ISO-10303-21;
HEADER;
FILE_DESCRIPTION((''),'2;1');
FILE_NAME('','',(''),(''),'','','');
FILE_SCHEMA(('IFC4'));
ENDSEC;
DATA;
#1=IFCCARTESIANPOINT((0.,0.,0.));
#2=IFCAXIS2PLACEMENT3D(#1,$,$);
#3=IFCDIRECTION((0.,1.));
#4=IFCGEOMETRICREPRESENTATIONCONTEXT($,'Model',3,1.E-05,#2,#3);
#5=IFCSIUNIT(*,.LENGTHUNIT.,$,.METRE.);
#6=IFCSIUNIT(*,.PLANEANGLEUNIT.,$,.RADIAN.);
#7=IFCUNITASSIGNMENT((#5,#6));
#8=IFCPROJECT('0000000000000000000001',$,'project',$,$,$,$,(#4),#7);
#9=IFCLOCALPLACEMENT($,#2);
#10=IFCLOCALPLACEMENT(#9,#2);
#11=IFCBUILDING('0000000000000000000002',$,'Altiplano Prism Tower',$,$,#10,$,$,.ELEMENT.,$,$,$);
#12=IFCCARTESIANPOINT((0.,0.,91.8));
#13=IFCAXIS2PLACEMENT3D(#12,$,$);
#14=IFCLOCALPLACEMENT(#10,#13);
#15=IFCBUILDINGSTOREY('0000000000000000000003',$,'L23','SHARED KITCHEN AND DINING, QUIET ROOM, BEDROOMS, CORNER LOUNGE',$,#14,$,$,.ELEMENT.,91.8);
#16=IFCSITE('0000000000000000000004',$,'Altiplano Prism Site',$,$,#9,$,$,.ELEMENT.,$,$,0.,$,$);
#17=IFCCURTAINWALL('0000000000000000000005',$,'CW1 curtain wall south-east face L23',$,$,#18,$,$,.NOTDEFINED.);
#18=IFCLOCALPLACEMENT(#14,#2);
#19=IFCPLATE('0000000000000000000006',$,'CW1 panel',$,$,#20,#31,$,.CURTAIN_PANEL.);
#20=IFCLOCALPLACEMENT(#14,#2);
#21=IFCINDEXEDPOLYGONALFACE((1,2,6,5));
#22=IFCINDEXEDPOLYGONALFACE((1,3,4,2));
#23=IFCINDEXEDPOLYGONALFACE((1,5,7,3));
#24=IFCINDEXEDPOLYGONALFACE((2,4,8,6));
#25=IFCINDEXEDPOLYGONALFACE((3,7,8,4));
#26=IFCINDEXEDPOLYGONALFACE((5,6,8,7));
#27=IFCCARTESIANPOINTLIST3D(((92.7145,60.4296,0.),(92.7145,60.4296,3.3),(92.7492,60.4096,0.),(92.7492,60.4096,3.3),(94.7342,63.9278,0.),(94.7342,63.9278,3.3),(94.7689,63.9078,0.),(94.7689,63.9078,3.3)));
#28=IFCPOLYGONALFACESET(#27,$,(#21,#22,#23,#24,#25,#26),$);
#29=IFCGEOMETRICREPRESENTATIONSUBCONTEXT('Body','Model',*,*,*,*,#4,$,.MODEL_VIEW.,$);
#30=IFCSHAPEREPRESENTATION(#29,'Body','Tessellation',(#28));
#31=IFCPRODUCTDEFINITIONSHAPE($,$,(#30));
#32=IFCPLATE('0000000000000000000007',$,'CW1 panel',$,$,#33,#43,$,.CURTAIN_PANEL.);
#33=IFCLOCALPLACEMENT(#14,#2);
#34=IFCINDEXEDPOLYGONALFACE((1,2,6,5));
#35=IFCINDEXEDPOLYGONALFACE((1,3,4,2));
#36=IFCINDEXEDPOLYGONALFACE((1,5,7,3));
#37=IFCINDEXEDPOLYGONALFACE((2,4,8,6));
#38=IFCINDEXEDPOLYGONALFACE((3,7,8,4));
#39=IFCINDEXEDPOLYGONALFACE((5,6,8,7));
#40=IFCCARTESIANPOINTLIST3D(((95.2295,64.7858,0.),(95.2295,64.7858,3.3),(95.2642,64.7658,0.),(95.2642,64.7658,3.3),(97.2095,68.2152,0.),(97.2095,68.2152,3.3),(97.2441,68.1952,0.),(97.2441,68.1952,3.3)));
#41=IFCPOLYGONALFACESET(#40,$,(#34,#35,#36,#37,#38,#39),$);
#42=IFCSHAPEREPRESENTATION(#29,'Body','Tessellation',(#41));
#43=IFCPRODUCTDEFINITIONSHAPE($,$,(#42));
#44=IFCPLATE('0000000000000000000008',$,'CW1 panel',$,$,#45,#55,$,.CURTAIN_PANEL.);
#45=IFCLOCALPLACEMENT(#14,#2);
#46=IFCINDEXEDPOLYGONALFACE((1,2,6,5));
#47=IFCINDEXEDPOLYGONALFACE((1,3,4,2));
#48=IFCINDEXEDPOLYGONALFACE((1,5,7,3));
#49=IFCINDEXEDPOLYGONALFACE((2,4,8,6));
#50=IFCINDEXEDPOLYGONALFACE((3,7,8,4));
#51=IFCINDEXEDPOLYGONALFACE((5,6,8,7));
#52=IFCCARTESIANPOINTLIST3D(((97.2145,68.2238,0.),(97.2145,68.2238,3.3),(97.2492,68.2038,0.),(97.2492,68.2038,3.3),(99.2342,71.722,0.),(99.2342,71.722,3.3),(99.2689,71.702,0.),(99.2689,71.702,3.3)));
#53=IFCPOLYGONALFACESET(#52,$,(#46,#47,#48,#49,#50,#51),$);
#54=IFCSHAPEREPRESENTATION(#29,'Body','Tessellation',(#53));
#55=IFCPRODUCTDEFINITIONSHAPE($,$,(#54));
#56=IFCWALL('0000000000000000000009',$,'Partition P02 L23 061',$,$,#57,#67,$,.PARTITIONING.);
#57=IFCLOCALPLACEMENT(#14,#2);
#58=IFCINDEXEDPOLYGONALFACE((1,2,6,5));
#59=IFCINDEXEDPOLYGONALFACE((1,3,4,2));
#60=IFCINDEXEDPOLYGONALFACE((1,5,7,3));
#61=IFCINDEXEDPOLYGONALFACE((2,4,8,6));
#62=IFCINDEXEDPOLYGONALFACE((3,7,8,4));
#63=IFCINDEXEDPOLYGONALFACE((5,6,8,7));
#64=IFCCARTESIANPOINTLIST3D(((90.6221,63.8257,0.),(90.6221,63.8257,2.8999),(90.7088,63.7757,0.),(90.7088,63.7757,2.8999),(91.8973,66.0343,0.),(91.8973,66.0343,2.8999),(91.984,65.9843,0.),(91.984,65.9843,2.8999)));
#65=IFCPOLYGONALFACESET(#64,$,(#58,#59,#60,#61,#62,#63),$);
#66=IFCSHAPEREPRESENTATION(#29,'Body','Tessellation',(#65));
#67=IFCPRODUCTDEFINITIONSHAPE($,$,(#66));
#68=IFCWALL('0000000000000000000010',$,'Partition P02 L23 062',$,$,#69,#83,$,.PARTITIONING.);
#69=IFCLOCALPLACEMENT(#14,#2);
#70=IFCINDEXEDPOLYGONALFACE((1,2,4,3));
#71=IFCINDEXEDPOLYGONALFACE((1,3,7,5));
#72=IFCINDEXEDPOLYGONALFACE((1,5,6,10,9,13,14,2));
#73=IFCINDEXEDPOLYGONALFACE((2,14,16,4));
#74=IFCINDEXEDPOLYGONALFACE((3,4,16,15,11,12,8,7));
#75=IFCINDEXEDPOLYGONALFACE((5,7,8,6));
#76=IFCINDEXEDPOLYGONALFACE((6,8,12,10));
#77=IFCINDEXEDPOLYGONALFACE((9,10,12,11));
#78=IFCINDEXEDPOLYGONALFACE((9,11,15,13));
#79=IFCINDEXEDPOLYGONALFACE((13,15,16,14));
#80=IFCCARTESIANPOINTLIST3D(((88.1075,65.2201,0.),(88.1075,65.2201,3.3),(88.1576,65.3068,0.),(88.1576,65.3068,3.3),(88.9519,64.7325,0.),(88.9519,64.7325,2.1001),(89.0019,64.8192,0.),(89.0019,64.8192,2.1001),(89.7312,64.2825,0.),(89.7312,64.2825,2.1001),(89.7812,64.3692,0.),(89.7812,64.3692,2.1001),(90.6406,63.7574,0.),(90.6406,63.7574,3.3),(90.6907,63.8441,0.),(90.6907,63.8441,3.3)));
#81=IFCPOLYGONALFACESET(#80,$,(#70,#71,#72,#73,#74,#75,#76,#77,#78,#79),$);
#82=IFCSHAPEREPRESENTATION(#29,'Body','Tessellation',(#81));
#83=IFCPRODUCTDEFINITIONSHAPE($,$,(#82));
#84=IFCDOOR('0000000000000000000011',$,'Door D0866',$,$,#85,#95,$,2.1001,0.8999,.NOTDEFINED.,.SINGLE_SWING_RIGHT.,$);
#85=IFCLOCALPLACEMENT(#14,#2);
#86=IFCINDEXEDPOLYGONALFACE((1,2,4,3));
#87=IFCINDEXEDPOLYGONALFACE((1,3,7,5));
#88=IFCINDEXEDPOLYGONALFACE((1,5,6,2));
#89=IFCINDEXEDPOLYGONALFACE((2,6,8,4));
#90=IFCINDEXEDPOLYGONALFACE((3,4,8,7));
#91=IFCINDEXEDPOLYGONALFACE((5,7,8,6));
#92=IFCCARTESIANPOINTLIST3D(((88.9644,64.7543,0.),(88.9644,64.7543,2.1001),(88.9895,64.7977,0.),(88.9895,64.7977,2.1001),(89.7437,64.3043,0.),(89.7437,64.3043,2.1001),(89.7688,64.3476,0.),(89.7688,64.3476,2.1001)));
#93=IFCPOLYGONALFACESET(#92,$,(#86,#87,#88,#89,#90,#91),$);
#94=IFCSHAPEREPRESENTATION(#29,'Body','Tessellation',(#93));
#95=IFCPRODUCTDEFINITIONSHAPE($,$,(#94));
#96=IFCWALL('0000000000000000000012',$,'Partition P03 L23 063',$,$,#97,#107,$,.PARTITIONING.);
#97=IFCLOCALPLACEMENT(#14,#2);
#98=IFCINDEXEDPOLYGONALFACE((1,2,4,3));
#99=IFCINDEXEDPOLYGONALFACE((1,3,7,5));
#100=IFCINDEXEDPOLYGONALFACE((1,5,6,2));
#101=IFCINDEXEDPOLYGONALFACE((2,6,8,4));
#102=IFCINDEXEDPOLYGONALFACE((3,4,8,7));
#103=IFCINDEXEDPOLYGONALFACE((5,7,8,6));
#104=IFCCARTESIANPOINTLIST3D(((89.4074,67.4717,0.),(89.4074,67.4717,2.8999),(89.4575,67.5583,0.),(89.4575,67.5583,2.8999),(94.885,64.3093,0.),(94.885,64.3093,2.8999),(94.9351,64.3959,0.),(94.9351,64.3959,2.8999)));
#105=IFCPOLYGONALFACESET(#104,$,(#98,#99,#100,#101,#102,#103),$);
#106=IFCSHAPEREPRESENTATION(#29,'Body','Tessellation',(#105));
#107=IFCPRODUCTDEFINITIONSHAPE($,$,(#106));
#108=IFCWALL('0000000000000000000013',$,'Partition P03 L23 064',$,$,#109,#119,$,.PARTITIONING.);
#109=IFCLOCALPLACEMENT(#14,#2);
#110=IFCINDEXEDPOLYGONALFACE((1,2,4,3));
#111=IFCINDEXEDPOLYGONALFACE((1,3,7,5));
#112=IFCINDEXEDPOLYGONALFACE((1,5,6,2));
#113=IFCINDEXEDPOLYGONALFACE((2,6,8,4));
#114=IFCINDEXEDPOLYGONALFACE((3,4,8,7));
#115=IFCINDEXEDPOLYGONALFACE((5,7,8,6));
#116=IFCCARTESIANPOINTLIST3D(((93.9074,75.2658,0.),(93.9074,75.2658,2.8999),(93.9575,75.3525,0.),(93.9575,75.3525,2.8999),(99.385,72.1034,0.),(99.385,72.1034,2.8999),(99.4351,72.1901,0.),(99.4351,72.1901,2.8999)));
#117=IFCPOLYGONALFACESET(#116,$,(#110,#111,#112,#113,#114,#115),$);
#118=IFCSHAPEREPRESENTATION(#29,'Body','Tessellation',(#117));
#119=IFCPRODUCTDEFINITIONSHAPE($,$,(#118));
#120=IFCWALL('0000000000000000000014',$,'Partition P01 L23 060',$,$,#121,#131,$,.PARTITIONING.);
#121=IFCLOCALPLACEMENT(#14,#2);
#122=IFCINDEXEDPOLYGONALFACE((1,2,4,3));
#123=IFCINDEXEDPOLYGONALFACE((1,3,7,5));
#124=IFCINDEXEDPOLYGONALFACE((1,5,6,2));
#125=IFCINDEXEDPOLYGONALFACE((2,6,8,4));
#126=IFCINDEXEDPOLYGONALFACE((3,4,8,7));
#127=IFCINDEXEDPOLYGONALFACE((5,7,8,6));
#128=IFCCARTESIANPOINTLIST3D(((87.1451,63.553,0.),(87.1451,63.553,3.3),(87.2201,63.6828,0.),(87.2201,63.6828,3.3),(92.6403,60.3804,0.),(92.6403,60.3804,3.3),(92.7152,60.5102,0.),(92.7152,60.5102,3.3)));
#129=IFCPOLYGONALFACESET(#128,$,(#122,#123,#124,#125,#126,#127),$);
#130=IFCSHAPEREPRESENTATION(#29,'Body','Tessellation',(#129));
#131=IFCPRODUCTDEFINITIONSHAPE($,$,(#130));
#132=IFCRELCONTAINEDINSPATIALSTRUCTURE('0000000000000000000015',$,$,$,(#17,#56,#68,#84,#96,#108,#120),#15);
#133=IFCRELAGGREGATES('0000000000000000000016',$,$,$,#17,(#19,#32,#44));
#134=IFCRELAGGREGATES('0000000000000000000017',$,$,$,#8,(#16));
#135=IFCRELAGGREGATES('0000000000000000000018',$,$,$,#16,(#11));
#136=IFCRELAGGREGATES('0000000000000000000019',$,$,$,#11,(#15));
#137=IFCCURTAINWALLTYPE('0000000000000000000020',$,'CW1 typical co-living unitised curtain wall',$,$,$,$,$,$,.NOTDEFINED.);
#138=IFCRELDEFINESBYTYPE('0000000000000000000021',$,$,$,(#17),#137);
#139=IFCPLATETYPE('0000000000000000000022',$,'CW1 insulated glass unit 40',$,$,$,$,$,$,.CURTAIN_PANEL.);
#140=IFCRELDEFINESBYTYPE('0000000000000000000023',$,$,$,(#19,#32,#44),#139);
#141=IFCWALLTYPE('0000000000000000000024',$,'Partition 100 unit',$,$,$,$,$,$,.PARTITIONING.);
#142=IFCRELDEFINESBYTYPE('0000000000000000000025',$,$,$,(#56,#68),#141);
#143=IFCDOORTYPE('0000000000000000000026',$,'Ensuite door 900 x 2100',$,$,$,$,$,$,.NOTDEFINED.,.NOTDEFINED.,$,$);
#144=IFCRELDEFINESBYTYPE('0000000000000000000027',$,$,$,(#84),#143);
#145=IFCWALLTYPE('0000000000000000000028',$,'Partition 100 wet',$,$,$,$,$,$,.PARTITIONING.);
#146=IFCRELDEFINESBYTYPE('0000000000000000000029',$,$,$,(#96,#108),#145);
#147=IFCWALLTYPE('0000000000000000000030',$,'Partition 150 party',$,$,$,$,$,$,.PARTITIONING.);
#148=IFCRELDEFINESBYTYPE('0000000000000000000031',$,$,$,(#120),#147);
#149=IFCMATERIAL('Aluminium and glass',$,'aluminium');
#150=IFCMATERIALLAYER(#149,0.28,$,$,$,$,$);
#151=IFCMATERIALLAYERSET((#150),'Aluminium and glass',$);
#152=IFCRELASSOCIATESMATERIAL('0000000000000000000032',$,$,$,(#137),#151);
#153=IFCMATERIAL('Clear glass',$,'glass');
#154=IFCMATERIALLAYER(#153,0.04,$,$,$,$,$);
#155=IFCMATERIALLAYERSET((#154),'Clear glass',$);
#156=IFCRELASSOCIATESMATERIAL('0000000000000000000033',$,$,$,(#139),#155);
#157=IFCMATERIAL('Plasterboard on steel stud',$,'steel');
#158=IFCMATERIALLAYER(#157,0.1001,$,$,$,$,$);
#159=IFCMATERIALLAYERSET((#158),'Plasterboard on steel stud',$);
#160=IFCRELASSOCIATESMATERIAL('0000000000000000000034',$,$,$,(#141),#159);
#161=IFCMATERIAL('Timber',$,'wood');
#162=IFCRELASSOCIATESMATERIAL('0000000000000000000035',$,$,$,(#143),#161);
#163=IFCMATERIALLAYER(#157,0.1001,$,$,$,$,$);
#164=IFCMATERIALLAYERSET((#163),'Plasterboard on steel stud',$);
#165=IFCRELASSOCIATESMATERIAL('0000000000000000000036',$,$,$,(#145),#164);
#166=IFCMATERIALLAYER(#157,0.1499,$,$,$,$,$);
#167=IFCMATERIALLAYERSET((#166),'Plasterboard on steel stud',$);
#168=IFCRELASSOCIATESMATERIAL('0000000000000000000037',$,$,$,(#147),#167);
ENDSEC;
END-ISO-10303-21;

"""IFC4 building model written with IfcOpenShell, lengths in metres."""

from ifc_helpers import new_model, si_unit, direction, frame, frame_2d, origin, origin_2d, place, context, subcontext, project, spatial, rectangle, extrude, material, layer, layer_set, type_object, element, fill, aggregate, save


model = new_model("IFC4")

# Units and contexts
model_context = context("Model", 3, precision=1e-05, world=origin(), true_north=direction((0.0, 1.0)))
body_context = subcontext(model_context, "Body", "Model", "MODEL_VIEW")
ifc_project = project(units=[si_unit("LENGTHUNIT", "METRE"), si_unit("PLANEANGLEUNIT", "RADIAN")], contexts=[model_context])

# Site, building, storey
site_placement = place(None, origin())
site = spatial("IfcSite", under=ifc_project, at=site_placement, Name="Altiplano Prism Site", CompositionType="ELEMENT", RefElevation=0.0)
building_placement = place(site_placement, origin())
building = spatial("IfcBuilding", under=site, at=building_placement, Name="Altiplano Prism Tower", CompositionType="ELEMENT")
storey_placement = place(building_placement, frame((0.0, 0.0, 91.8)))
storey = spatial("IfcBuildingStorey", under=building, at=storey_placement, Name="L23", Description="SHARED KITCHEN AND DINING, QUIET ROOM, BEDROOMS, CORNER LOUNGE", CompositionType="ELEMENT", Elevation=91.8)

# Curtain wall
ifc_material_1 = material(Name="Aluminium and glass", Category="aluminium")
ifc_layer_1 = layer(ifc_material_1, 0.28)
ifc_layer_set_1 = layer_set([ifc_layer_1], Name="Aluminium and glass")
curtain_wall_type = type_object("IfcCurtainWallType", Name="CW1 typical co-living unitised curtain wall", PredefinedType="NOTDEFINED", material=ifc_layer_set_1)
curtain_wall_placement = place(storey_placement, origin())
curtain_wall = element("IfcCurtainWall", 1, at=curtain_wall_placement, inside=storey, type_object=curtain_wall_type, Name="CW1 curtain wall south-east face L23", PredefinedType="NOTDEFINED")

# Plates
ifc_material_2 = material(Name="Clear glass", Category="glass")
ifc_layer_2 = layer(ifc_material_2, 0.04)
ifc_layer_set_2 = layer_set([ifc_layer_2], Name="Clear glass")
plate_type = type_object("IfcPlateType", Name="CW1 insulated glass unit 40", PredefinedType="CURTAIN_PANEL", material=ifc_layer_set_2)
plate_1_placement = place(storey_placement, frame((93.7417, 62.1687, 0.0), z_axis=(0.0, 0.0, 1.0), x_axis=(0.5, 0.866025, 0.0)))
plate_1 = element("IfcPlate", 2, at=plate_1_placement, type_object=plate_type, Name="CW1 panel", PredefinedType="CURTAIN_PANEL", context=body_context, shape_type="SweptSolid", body=[
    extrude(rectangle(XDim=4.0393, YDim=0.04, at=origin_2d()), origin(), (0.0, 0.0, 1.0), 3.3),
])
plate_2_placement = place(storey_placement, frame((96.2368, 66.4905, 0.0), z_axis=(0.0, 0.0, 1.0), x_axis=(0.5, 0.866025, 0.0)))
plate_2 = element("IfcPlate", 3, at=plate_2_placement, type_object=plate_type, Name="CW1 panel", PredefinedType="CURTAIN_PANEL", context=body_context, shape_type="SweptSolid", body=[
    extrude(rectangle(XDim=3.96, YDim=0.04, at=origin_2d()), origin(), (0.0, 0.0, 1.0), 3.3),
])
plate_3_placement = place(storey_placement, frame((98.2417, 69.9629, 0.0), z_axis=(0.0, 0.0, 1.0), x_axis=(0.5, 0.866025, 0.0)))
plate_3 = element("IfcPlate", 4, at=plate_3_placement, type_object=plate_type, Name="CW1 panel", PredefinedType="CURTAIN_PANEL", context=body_context, shape_type="SweptSolid", body=[
    extrude(rectangle(XDim=4.0393, YDim=0.04, at=origin_2d()), origin(), (0.0, 0.0, 1.0), 3.3),
])
aggregate(curtain_wall, [plate_1, plate_2, plate_3])

# Wall
ifc_material_3 = material(Name="Plasterboard on steel stud", Category="steel")
ifc_layer_3 = layer(ifc_material_3, 0.1001)
ifc_layer_set_3 = layer_set([ifc_layer_3], Name="Plasterboard on steel stud")
wall_type_1 = type_object("IfcWallType", Name="Partition 100 unit", PredefinedType="PARTITIONING", material=ifc_layer_set_3)
wall_1_placement = place(storey_placement, frame((91.9407, 66.0093, 0.0), z_axis=(0.0, 0.0, 1.0), x_axis=(-0.500021, -0.866013, 0.0)))
element("IfcWall", 5, at=wall_1_placement, inside=storey, type_object=wall_type_1, Name="Partition P02 L23 061", PredefinedType="PARTITIONING", context=body_context, shape_type="SweptSolid", body=[
    extrude(rectangle(XDim=2.5503, YDim=0.1001, at=frame_2d((1.2751, 0.0))), origin(), (0.0, 0.0, 1.0), 2.8999),
])

# Wall, opening, door
wall_2_placement = place(storey_placement, frame((90.6655, 63.8008, 0.0), z_axis=(0.0, 0.0, 1.0), x_axis=(-0.86599, 0.500062, 0.0)))
wall_2 = element("IfcWall", 6, at=wall_2_placement, inside=storey, type_object=wall_type_1, Name="Partition P02 L23 062", PredefinedType="PARTITIONING", context=body_context, shape_type="SweptSolid", body=[
    extrude(rectangle(XDim=2.925, YDim=0.1001, at=frame_2d((1.4624, 0.0))), origin(), (0.0, 0.0, 1.0), 3.3),
])
opening_placement = place(wall_2_placement, frame((1.05, 0.0, 0.0)))
opening = element("IfcOpeningElement", 7, at=opening_placement, cuts=wall_2, PredefinedType="OPENING", context=body_context, shape_type="SweptSolid", body=[
    extrude(rectangle(XDim=0.8999, YDim=2.1001, at=frame_2d((0.45, 1.05))), frame((0.0, 0.0605, 0.0), z_axis=(0.0, -1.0, 0.0), x_axis=(1.0, 0.0, 0.0)), (0.0, 0.0, 1.0), 0.1211),
])
ifc_material_4 = material(Name="Timber", Category="wood")
door_type = type_object("IfcDoorType", Name="Ensuite door 900 x 2100", OperationType="NOTDEFINED", PredefinedType="NOTDEFINED", material=ifc_material_4)
door_placement = place(opening_placement, origin())
door = element("IfcDoor", 8, at=door_placement, inside=storey, type_object=door_type, Name="Door D0866", OperationType="SINGLE_SWING_RIGHT", OverallHeight=2.1001, OverallWidth=0.8999, PredefinedType="NOTDEFINED", context=body_context, shape_type="SweptSolid", body=[
    extrude(rectangle(XDim=0.8999, YDim=2.1001, at=frame_2d((0.45, 1.05))), frame((0.0, 0.0249, 0.0), z_axis=(0.0, -1.0, 0.0), x_axis=(1.0, 0.0, 0.0)), (0.0, 0.0, 1.0), 0.05),
])
fill(opening, door)

# Walls
ifc_layer_4 = layer(ifc_material_3, 0.1001)
ifc_layer_set_4 = layer_set([ifc_layer_4], Name="Plasterboard on steel stud")
wall_type_2 = type_object("IfcWallType", Name="Partition 100 wet", PredefinedType="PARTITIONING", material=ifc_layer_set_4)
for number, where, z_axis, x_axis, name in (
    (9, (94.9102, 64.3525, 0.0), (0.0, 0.0, 1.0), (-0.866033, 0.499988, 0.0), "Partition P03 L23 063"),
    (10, (99.4102, 72.1467, 0.0), (0.0, 0.0, 1.0), (-0.866033, 0.499988, 0.0), "Partition P03 L23 064"),
):
    element("IfcWall", number, at=place(storey_placement, frame(where, z_axis=z_axis, x_axis=x_axis)), inside=storey, type_object=wall_type_2, Name=name, PredefinedType="PARTITIONING", context=body_context, shape_type="SweptSolid", body=[
        extrude(rectangle(XDim=6.325, YDim=0.1001, at=frame_2d((3.1626, 0.0))), origin(), (0.0, 0.0, 1.0), 2.8999),
    ])
ifc_layer_5 = layer(ifc_material_3, 0.1499)
ifc_layer_set_5 = layer_set([ifc_layer_5], Name="Plasterboard on steel stud")
wall_type_3 = type_object("IfcWallType", Name="Partition 150 party", PredefinedType="PARTITIONING", material=ifc_layer_set_5)
wall_3_placement = place(storey_placement, frame((92.6777, 60.4453, 0.0), z_axis=(0.0, 0.0, 1.0), x_axis=(-0.866025, 0.5, 0.0)))
element("IfcWall", 11, at=wall_3_placement, inside=storey, type_object=wall_type_3, Name="Partition P01 L23 060", PredefinedType="PARTITIONING", context=body_context, shape_type="SweptSolid", body=[
    extrude(rectangle(XDim=6.3452, YDim=0.1499, at=frame_2d((3.1726, 0.0))), origin(), (0.0, 0.0, 1.0), 3.3),
])

save(model, "model.ifc")
